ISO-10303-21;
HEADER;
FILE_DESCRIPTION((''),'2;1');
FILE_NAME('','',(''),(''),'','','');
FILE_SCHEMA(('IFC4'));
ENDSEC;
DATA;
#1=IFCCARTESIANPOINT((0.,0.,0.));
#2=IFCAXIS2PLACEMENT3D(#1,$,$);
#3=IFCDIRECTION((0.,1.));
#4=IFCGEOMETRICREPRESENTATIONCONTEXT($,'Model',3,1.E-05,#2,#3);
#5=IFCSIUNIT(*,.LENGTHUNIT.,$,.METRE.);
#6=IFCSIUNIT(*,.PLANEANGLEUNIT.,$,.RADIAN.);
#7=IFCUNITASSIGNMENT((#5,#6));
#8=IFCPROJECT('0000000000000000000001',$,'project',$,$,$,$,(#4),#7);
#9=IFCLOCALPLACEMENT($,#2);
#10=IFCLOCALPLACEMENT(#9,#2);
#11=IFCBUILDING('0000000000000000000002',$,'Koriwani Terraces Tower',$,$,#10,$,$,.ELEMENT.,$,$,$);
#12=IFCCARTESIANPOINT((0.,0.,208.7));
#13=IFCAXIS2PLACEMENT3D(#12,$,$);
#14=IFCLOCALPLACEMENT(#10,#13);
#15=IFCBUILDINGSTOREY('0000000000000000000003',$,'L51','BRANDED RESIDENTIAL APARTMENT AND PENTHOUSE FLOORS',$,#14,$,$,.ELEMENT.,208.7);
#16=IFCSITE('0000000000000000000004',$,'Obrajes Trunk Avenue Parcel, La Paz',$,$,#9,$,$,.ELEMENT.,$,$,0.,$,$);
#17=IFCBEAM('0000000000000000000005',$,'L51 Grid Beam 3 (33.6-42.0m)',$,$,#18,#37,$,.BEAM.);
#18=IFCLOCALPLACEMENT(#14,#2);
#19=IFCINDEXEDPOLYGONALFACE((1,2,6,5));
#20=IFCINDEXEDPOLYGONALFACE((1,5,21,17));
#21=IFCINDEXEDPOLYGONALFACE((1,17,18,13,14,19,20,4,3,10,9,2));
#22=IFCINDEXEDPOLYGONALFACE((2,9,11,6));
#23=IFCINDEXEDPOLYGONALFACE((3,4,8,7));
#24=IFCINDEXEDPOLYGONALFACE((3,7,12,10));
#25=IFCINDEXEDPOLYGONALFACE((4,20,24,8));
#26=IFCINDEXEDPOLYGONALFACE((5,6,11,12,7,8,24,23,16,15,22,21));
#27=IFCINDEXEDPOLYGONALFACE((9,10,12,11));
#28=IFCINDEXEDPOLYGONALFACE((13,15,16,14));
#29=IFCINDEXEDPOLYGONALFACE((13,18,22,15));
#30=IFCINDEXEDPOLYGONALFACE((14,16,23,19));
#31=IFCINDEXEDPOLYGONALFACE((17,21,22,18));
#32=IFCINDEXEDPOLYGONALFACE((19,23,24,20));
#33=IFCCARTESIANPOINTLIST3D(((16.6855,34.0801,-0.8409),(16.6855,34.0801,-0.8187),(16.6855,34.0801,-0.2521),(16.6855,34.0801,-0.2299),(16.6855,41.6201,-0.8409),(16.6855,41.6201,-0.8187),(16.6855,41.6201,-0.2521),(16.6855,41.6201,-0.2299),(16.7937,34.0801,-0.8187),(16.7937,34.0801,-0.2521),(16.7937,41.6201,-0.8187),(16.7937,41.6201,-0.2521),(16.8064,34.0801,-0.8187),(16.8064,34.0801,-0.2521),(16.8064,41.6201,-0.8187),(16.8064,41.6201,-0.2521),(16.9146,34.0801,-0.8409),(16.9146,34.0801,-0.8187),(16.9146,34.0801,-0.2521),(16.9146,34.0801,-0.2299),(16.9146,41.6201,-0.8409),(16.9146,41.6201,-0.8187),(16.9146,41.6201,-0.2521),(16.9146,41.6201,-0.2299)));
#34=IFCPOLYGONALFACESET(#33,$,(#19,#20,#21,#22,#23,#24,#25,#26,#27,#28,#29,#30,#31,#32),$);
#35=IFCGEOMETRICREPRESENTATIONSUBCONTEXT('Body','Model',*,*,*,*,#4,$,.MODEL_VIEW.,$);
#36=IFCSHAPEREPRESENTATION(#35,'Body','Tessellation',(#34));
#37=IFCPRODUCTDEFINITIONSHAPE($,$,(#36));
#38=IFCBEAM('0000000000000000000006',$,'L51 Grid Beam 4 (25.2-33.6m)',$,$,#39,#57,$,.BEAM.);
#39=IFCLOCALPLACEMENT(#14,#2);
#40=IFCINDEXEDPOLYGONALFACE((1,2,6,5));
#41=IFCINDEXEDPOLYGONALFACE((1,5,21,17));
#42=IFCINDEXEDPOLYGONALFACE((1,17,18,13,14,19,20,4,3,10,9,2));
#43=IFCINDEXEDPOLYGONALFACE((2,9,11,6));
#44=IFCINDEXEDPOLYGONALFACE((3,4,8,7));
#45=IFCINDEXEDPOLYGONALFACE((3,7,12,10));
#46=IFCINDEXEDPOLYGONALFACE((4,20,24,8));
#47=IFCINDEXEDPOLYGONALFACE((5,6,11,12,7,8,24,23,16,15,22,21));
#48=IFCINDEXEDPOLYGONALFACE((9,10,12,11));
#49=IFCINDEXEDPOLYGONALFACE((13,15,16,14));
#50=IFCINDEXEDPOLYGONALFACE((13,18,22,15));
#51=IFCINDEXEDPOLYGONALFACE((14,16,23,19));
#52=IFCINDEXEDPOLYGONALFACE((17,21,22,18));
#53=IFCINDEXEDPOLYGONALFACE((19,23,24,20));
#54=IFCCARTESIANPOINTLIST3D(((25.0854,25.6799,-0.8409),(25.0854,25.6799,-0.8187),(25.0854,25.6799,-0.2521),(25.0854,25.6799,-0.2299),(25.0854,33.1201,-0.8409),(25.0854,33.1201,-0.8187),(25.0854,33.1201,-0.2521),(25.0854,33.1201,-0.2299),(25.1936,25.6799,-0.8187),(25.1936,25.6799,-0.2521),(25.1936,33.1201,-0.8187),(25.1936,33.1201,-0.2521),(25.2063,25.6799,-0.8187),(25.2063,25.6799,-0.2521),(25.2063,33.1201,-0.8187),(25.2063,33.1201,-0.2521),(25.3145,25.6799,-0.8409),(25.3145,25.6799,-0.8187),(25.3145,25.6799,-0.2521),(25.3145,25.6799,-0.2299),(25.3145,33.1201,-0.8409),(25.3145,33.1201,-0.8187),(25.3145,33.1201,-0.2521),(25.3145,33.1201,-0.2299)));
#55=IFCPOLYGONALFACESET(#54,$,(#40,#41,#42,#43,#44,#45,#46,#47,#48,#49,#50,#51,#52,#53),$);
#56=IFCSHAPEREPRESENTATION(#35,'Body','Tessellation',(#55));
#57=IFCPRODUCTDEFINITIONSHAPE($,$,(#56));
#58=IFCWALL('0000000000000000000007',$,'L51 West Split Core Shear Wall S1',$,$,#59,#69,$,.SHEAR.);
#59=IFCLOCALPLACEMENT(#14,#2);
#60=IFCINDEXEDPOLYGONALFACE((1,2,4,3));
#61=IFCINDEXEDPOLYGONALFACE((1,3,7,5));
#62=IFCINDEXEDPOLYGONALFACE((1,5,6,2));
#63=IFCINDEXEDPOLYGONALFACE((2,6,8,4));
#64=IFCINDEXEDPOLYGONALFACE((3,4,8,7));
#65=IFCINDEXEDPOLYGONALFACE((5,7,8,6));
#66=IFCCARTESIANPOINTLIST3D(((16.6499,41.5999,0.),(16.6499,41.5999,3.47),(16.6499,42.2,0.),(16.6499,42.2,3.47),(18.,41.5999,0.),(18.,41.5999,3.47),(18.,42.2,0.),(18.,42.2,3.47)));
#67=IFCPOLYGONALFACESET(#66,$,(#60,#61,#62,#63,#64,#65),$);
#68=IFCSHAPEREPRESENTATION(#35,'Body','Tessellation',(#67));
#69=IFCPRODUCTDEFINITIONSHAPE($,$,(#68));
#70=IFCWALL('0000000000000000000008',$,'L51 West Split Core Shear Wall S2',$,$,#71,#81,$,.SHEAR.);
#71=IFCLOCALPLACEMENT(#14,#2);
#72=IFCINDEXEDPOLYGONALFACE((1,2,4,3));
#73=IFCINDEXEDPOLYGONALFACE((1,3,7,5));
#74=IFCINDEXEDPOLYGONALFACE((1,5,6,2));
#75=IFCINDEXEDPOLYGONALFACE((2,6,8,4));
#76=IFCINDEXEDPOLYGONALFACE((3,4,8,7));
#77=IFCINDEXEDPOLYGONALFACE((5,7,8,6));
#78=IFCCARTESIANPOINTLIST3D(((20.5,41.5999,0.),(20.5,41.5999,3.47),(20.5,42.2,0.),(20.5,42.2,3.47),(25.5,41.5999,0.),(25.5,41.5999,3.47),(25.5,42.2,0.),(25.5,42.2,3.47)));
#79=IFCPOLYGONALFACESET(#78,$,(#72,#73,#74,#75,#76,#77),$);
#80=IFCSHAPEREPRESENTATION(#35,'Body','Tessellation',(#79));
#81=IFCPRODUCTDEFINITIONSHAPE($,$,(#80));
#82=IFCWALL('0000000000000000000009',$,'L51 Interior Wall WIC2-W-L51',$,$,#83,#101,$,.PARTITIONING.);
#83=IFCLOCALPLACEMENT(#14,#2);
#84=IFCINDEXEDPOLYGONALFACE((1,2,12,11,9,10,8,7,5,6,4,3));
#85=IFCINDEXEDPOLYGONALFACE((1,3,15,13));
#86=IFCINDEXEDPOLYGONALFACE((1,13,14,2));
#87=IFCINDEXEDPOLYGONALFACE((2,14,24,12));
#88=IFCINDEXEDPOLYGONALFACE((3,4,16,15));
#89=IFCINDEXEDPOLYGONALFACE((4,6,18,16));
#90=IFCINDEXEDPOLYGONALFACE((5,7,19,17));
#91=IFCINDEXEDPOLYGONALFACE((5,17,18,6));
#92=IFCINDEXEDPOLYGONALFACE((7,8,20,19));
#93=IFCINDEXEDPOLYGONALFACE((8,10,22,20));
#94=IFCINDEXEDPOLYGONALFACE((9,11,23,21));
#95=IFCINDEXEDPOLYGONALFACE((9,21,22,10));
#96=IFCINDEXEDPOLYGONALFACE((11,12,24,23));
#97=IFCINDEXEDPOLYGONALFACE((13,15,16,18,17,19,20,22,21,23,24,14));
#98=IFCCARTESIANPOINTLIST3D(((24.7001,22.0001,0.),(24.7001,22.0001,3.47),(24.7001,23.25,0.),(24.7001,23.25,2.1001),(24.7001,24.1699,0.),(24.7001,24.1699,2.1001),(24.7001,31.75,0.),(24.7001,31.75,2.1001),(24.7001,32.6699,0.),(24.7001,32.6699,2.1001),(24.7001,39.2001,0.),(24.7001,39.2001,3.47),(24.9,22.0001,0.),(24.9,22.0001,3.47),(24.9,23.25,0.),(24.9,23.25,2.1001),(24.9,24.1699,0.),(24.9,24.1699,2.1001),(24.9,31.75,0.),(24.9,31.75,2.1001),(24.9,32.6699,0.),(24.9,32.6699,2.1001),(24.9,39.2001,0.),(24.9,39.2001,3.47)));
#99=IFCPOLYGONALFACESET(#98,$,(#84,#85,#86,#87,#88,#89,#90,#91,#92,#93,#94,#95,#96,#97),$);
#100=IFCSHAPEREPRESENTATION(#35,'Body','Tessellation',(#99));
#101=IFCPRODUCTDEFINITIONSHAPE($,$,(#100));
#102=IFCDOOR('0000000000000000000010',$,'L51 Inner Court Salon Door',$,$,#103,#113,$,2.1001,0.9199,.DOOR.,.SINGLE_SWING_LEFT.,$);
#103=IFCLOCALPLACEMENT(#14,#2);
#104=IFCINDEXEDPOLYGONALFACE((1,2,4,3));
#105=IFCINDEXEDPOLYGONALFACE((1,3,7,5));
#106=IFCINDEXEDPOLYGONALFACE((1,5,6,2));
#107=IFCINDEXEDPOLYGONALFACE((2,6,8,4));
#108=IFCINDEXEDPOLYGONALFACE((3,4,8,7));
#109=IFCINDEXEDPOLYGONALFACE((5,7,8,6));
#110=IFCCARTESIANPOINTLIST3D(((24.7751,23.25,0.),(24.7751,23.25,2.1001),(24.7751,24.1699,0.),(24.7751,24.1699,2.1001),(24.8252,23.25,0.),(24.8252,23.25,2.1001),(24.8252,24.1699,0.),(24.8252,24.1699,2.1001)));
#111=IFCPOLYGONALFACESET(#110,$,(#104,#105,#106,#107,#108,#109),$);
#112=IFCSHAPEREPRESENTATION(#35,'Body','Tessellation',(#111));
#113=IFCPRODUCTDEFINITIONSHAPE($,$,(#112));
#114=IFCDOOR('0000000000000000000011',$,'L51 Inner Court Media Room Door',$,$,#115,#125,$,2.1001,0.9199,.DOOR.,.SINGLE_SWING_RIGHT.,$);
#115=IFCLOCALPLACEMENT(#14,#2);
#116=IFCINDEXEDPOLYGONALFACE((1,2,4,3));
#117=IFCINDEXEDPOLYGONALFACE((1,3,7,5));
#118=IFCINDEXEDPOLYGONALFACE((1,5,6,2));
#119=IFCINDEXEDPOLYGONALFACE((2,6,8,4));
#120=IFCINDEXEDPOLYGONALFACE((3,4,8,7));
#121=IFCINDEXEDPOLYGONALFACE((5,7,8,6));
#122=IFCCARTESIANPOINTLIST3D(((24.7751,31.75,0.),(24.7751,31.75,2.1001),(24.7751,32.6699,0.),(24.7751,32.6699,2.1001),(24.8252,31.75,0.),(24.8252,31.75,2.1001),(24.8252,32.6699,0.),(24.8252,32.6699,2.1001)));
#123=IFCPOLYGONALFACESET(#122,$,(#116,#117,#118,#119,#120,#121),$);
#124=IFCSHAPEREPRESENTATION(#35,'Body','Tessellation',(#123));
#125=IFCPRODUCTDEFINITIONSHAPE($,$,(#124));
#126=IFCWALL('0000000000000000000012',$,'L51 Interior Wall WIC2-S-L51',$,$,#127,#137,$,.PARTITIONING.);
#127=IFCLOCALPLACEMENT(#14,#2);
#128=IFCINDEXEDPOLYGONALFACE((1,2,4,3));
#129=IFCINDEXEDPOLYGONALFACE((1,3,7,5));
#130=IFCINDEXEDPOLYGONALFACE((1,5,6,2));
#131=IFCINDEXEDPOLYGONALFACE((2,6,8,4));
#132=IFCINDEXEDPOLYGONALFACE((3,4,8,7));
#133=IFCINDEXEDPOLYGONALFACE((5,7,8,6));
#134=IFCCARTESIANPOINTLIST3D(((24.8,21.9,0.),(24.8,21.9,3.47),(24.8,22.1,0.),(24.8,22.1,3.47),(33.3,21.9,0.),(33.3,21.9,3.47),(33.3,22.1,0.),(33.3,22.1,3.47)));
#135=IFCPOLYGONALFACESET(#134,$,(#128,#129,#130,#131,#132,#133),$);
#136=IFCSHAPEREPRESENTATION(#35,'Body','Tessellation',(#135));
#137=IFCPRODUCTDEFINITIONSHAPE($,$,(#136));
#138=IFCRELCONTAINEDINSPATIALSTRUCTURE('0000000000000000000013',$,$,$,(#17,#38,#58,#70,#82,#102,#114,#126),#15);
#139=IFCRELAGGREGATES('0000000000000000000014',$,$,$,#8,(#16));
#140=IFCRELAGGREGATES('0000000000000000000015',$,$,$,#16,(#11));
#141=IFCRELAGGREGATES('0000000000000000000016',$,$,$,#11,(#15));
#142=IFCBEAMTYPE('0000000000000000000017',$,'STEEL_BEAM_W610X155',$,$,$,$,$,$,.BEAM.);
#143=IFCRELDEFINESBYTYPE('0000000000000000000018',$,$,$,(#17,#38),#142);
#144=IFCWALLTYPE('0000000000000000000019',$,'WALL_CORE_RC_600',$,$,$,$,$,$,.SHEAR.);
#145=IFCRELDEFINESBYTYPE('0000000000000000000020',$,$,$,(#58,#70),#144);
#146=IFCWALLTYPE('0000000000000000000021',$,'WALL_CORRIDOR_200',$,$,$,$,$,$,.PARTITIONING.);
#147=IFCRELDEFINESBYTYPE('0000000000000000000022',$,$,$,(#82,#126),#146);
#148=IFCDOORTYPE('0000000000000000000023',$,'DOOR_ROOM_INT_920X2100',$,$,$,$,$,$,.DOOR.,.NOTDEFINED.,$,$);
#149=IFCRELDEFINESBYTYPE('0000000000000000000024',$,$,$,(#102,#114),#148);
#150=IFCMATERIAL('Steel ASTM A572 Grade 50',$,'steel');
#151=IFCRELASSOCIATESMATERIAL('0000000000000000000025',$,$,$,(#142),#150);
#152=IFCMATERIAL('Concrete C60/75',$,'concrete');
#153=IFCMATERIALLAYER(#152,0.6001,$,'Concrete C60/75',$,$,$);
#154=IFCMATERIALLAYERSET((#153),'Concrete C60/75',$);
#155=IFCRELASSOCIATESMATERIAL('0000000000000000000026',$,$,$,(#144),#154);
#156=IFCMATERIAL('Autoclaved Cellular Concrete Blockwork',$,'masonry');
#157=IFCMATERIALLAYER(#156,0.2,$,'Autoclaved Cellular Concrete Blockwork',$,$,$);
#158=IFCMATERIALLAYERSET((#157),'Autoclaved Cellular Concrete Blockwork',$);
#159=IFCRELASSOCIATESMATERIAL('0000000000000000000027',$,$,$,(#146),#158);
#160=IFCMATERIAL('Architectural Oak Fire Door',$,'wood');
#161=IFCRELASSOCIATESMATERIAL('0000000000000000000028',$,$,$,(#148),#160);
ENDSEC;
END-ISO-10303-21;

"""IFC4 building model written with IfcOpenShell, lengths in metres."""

from ifc_helpers import new_model, si_unit, direction, frame, frame_2d, origin, origin_2d, place, context, subcontext, project, spatial, rectangle, i_section, extrude, material, layer, layer_set, material_profile, profile_set, type_object, element, fill, save


model = new_model("IFC4")

# Units and contexts
model_context = context("Model", 3, precision=1e-05, world=origin(), true_north=direction((0.0, 1.0)))
body_context = subcontext(model_context, "Body", "Model", "MODEL_VIEW")
ifc_project = project(units=[si_unit("LENGTHUNIT", "METRE"), si_unit("PLANEANGLEUNIT", "RADIAN")], contexts=[model_context])

# Site, building, storey
site_placement = place(None, origin())
site = spatial("IfcSite", under=ifc_project, at=site_placement, Name="Obrajes Trunk Avenue Parcel, La Paz", CompositionType="ELEMENT", RefElevation=0.0)
building_placement = place(site_placement, origin())
building = spatial("IfcBuilding", under=site, at=building_placement, Name="Koriwani Terraces Tower", CompositionType="ELEMENT")
storey_placement = place(building_placement, frame((0.0, 0.0, 208.7)))
storey = spatial("IfcBuildingStorey", under=building, at=storey_placement, Name="L51", Description="BRANDED RESIDENTIAL APARTMENT AND PENTHOUSE FLOORS", CompositionType="ELEMENT", Elevation=208.7)

# Beams
ifc_material_1 = material(Name="Concrete C60/75", Category="concrete")
ifc_material_2 = material(Name="Steel ASTM A572 Grade 50", Category="steel")
ifc_material_profile_1 = material_profile(ifc_material_2, i_section(OverallWidth=0.229, OverallDepth=0.6111, WebThickness=0.0127, FlangeThickness=0.0222, at=origin_2d()), Name="Steel ASTM A572 Grade 50", Category="LoadBearing")
ifc_profile_set_1 = profile_set([ifc_material_profile_1], Name="Steel ASTM A572 Grade 50")
beam_type_1 = type_object("IfcBeamType", Name="STEEL_BEAM_W610X155", PredefinedType="BEAM", material=ifc_profile_set_1)
beam_1_placement = place(storey_placement, frame((16.8, 34.0801, -0.5354), z_axis=(0.0, 1.0, 0.0), x_axis=(-1.0, 0.0, 0.0)))
element("IfcBeam", 1, at=beam_1_placement, inside=storey, type_object=beam_type_1, Name="L51 Grid Beam 3 (33.6-42.0m)", PredefinedType="BEAM", context=body_context, shape_type="SweptSolid", body=[
    extrude(i_section(OverallWidth=0.229, OverallDepth=0.6111, WebThickness=0.0127, FlangeThickness=0.0222, at=origin_2d()), origin(), (0.0, 0.0, 1.0), 7.54),
])
beam_2_placement = place(storey_placement, frame((25.2, 25.6799, -0.5354), z_axis=(0.0, 1.0, 0.0), x_axis=(-1.0, 0.0, 0.0)))
element("IfcBeam", 2, at=beam_2_placement, inside=storey, type_object=beam_type_1, Name="L51 Grid Beam 4 (25.2-33.6m)", PredefinedType="BEAM", context=body_context, shape_type="SweptSolid", body=[
    extrude(i_section(OverallWidth=0.229, OverallDepth=0.6111, WebThickness=0.0127, FlangeThickness=0.0222, at=origin_2d()), origin(), (0.0, 0.0, 1.0), 7.4402),
])

# Walls
ifc_layer_1 = layer(ifc_material_1, 0.6001, Name="Concrete C60/75")
ifc_layer_set_1 = layer_set([ifc_layer_1], Name="Concrete C60/75")
wall_type_1 = type_object("IfcWallType", Name="WALL_CORE_RC_600", PredefinedType="SHEAR", material=ifc_layer_set_1)
wall_1_placement = place(storey_placement, frame((16.6499, 41.8999, 0.0), z_axis=(0.0, 0.0, 1.0), x_axis=(1.0, 0.0, 0.0)))
element("IfcWall", 3, at=wall_1_placement, inside=storey, type_object=wall_type_1, Name="L51 West Split Core Shear Wall S1", PredefinedType="SHEAR", context=body_context, shape_type="SweptSolid", body=[
    extrude(rectangle(XDim=1.3501, YDim=0.6001, at=frame_2d((0.675, 0.0))), origin(), (0.0, 0.0, 1.0), 3.47),
])
wall_2_placement = place(storey_placement, frame((20.5, 41.8999, 0.0), z_axis=(0.0, 0.0, 1.0), x_axis=(1.0, 0.0, 0.0)))
element("IfcWall", 4, at=wall_2_placement, inside=storey, type_object=wall_type_1, Name="L51 West Split Core Shear Wall S2", PredefinedType="SHEAR", context=body_context, shape_type="SweptSolid", body=[
    extrude(rectangle(XDim=5.0, YDim=0.6001, at=frame_2d((2.5, 0.0))), origin(), (0.0, 0.0, 1.0), 3.47),
])

# Wall, openings, doors
ifc_material_3 = material(Name="Autoclaved Cellular Concrete Blockwork", Category="masonry")
ifc_layer_2 = layer(ifc_material_3, 0.2, Name="Autoclaved Cellular Concrete Blockwork")
ifc_layer_set_2 = layer_set([ifc_layer_2], Name="Autoclaved Cellular Concrete Blockwork")
wall_type_2 = type_object("IfcWallType", Name="WALL_CORRIDOR_200", PredefinedType="PARTITIONING", material=ifc_layer_set_2)
wall_3_placement = place(storey_placement, frame((24.8, 22.0, 0.0), z_axis=(0.0, 0.0, 1.0), x_axis=(0.0, 1.0, 0.0)))
wall_3 = element("IfcWall", 5, at=wall_3_placement, inside=storey, type_object=wall_type_2, Name="L51 Interior Wall WIC2-W-L51", PredefinedType="PARTITIONING", context=body_context, shape_type="SweptSolid", body=[
    extrude(rectangle(XDim=17.2, YDim=0.2, at=frame_2d((8.6001, 0.0))), origin(), (0.0, 0.0, 1.0), 3.47),
])
opening_1_placement = place(wall_3_placement, frame((1.25, 0.0, 0.0)))
opening_1 = element("IfcOpeningElement", 6, at=opening_1_placement, cuts=wall_3, PredefinedType="OPENING", context=body_context, shape_type="SweptSolid", body=[
    extrude(rectangle(XDim=0.9199, YDim=2.1001, at=frame_2d((0.46, 1.05))), frame((0.0, 0.1099, 0.0), z_axis=(0.0, -1.0, 0.0), x_axis=(1.0, 0.0, 0.0)), (0.0, 0.0, 1.0), 0.22),
])
opening_2_placement = place(wall_3_placement, frame((9.75, 0.0, 0.0)))
opening_2 = element("IfcOpeningElement", 7, at=opening_2_placement, cuts=wall_3, PredefinedType="OPENING", context=body_context, shape_type="SweptSolid", body=[
    extrude(rectangle(XDim=0.9199, YDim=2.1001, at=frame_2d((0.46, 1.05))), frame((0.0, 0.1099, 0.0), z_axis=(0.0, -1.0, 0.0), x_axis=(1.0, 0.0, 0.0)), (0.0, 0.0, 1.0), 0.22),
])
ifc_material_4 = material(Name="Architectural Oak Fire Door", Category="wood")
door_type = type_object("IfcDoorType", Name="DOOR_ROOM_INT_920X2100", OperationType="NOTDEFINED", PredefinedType="DOOR", material=ifc_material_4)
door_1_placement = place(opening_1_placement, origin())
door_1 = element("IfcDoor", 8, at=door_1_placement, inside=storey, type_object=door_type, Name="L51 Inner Court Salon Door", OperationType="SINGLE_SWING_LEFT", OverallHeight=2.1001, OverallWidth=0.9199, PredefinedType="DOOR", context=body_context, shape_type="SweptSolid", body=[
    extrude(rectangle(XDim=0.9199, YDim=2.1001, at=frame_2d((0.46, 1.05))), frame((0.0, 0.0249, 0.0), z_axis=(0.0, -1.0, 0.0), x_axis=(1.0, 0.0, 0.0)), (0.0, 0.0, 1.0), 0.05),
])
fill(opening_1, door_1)
door_2_placement = place(opening_2_placement, origin())
door_2 = element("IfcDoor", 9, at=door_2_placement, inside=storey, type_object=door_type, Name="L51 Inner Court Media Room Door", OperationType="SINGLE_SWING_RIGHT", OverallHeight=2.1001, OverallWidth=0.9199, PredefinedType="DOOR", context=body_context, shape_type="SweptSolid", body=[
    extrude(rectangle(XDim=0.9199, YDim=2.1001, at=frame_2d((0.46, 1.05))), frame((0.0, 0.0249, 0.0), z_axis=(0.0, -1.0, 0.0), x_axis=(1.0, 0.0, 0.0)), (0.0, 0.0, 1.0), 0.05),
])
fill(opening_2, door_2)

# Wall
wall_4_placement = place(storey_placement, frame((24.8, 22.0, 0.0), z_axis=(0.0, 0.0, 1.0), x_axis=(1.0, 0.0, 0.0)))
element("IfcWall", 10, at=wall_4_placement, inside=storey, type_object=wall_type_2, Name="L51 Interior Wall WIC2-S-L51", PredefinedType="PARTITIONING", context=body_context, shape_type="SweptSolid", body=[
    extrude(rectangle(XDim=8.5, YDim=0.2, at=frame_2d((4.25, 0.0))), origin(), (0.0, 0.0, 1.0), 3.47),
])

save(model, "model.ifc")
